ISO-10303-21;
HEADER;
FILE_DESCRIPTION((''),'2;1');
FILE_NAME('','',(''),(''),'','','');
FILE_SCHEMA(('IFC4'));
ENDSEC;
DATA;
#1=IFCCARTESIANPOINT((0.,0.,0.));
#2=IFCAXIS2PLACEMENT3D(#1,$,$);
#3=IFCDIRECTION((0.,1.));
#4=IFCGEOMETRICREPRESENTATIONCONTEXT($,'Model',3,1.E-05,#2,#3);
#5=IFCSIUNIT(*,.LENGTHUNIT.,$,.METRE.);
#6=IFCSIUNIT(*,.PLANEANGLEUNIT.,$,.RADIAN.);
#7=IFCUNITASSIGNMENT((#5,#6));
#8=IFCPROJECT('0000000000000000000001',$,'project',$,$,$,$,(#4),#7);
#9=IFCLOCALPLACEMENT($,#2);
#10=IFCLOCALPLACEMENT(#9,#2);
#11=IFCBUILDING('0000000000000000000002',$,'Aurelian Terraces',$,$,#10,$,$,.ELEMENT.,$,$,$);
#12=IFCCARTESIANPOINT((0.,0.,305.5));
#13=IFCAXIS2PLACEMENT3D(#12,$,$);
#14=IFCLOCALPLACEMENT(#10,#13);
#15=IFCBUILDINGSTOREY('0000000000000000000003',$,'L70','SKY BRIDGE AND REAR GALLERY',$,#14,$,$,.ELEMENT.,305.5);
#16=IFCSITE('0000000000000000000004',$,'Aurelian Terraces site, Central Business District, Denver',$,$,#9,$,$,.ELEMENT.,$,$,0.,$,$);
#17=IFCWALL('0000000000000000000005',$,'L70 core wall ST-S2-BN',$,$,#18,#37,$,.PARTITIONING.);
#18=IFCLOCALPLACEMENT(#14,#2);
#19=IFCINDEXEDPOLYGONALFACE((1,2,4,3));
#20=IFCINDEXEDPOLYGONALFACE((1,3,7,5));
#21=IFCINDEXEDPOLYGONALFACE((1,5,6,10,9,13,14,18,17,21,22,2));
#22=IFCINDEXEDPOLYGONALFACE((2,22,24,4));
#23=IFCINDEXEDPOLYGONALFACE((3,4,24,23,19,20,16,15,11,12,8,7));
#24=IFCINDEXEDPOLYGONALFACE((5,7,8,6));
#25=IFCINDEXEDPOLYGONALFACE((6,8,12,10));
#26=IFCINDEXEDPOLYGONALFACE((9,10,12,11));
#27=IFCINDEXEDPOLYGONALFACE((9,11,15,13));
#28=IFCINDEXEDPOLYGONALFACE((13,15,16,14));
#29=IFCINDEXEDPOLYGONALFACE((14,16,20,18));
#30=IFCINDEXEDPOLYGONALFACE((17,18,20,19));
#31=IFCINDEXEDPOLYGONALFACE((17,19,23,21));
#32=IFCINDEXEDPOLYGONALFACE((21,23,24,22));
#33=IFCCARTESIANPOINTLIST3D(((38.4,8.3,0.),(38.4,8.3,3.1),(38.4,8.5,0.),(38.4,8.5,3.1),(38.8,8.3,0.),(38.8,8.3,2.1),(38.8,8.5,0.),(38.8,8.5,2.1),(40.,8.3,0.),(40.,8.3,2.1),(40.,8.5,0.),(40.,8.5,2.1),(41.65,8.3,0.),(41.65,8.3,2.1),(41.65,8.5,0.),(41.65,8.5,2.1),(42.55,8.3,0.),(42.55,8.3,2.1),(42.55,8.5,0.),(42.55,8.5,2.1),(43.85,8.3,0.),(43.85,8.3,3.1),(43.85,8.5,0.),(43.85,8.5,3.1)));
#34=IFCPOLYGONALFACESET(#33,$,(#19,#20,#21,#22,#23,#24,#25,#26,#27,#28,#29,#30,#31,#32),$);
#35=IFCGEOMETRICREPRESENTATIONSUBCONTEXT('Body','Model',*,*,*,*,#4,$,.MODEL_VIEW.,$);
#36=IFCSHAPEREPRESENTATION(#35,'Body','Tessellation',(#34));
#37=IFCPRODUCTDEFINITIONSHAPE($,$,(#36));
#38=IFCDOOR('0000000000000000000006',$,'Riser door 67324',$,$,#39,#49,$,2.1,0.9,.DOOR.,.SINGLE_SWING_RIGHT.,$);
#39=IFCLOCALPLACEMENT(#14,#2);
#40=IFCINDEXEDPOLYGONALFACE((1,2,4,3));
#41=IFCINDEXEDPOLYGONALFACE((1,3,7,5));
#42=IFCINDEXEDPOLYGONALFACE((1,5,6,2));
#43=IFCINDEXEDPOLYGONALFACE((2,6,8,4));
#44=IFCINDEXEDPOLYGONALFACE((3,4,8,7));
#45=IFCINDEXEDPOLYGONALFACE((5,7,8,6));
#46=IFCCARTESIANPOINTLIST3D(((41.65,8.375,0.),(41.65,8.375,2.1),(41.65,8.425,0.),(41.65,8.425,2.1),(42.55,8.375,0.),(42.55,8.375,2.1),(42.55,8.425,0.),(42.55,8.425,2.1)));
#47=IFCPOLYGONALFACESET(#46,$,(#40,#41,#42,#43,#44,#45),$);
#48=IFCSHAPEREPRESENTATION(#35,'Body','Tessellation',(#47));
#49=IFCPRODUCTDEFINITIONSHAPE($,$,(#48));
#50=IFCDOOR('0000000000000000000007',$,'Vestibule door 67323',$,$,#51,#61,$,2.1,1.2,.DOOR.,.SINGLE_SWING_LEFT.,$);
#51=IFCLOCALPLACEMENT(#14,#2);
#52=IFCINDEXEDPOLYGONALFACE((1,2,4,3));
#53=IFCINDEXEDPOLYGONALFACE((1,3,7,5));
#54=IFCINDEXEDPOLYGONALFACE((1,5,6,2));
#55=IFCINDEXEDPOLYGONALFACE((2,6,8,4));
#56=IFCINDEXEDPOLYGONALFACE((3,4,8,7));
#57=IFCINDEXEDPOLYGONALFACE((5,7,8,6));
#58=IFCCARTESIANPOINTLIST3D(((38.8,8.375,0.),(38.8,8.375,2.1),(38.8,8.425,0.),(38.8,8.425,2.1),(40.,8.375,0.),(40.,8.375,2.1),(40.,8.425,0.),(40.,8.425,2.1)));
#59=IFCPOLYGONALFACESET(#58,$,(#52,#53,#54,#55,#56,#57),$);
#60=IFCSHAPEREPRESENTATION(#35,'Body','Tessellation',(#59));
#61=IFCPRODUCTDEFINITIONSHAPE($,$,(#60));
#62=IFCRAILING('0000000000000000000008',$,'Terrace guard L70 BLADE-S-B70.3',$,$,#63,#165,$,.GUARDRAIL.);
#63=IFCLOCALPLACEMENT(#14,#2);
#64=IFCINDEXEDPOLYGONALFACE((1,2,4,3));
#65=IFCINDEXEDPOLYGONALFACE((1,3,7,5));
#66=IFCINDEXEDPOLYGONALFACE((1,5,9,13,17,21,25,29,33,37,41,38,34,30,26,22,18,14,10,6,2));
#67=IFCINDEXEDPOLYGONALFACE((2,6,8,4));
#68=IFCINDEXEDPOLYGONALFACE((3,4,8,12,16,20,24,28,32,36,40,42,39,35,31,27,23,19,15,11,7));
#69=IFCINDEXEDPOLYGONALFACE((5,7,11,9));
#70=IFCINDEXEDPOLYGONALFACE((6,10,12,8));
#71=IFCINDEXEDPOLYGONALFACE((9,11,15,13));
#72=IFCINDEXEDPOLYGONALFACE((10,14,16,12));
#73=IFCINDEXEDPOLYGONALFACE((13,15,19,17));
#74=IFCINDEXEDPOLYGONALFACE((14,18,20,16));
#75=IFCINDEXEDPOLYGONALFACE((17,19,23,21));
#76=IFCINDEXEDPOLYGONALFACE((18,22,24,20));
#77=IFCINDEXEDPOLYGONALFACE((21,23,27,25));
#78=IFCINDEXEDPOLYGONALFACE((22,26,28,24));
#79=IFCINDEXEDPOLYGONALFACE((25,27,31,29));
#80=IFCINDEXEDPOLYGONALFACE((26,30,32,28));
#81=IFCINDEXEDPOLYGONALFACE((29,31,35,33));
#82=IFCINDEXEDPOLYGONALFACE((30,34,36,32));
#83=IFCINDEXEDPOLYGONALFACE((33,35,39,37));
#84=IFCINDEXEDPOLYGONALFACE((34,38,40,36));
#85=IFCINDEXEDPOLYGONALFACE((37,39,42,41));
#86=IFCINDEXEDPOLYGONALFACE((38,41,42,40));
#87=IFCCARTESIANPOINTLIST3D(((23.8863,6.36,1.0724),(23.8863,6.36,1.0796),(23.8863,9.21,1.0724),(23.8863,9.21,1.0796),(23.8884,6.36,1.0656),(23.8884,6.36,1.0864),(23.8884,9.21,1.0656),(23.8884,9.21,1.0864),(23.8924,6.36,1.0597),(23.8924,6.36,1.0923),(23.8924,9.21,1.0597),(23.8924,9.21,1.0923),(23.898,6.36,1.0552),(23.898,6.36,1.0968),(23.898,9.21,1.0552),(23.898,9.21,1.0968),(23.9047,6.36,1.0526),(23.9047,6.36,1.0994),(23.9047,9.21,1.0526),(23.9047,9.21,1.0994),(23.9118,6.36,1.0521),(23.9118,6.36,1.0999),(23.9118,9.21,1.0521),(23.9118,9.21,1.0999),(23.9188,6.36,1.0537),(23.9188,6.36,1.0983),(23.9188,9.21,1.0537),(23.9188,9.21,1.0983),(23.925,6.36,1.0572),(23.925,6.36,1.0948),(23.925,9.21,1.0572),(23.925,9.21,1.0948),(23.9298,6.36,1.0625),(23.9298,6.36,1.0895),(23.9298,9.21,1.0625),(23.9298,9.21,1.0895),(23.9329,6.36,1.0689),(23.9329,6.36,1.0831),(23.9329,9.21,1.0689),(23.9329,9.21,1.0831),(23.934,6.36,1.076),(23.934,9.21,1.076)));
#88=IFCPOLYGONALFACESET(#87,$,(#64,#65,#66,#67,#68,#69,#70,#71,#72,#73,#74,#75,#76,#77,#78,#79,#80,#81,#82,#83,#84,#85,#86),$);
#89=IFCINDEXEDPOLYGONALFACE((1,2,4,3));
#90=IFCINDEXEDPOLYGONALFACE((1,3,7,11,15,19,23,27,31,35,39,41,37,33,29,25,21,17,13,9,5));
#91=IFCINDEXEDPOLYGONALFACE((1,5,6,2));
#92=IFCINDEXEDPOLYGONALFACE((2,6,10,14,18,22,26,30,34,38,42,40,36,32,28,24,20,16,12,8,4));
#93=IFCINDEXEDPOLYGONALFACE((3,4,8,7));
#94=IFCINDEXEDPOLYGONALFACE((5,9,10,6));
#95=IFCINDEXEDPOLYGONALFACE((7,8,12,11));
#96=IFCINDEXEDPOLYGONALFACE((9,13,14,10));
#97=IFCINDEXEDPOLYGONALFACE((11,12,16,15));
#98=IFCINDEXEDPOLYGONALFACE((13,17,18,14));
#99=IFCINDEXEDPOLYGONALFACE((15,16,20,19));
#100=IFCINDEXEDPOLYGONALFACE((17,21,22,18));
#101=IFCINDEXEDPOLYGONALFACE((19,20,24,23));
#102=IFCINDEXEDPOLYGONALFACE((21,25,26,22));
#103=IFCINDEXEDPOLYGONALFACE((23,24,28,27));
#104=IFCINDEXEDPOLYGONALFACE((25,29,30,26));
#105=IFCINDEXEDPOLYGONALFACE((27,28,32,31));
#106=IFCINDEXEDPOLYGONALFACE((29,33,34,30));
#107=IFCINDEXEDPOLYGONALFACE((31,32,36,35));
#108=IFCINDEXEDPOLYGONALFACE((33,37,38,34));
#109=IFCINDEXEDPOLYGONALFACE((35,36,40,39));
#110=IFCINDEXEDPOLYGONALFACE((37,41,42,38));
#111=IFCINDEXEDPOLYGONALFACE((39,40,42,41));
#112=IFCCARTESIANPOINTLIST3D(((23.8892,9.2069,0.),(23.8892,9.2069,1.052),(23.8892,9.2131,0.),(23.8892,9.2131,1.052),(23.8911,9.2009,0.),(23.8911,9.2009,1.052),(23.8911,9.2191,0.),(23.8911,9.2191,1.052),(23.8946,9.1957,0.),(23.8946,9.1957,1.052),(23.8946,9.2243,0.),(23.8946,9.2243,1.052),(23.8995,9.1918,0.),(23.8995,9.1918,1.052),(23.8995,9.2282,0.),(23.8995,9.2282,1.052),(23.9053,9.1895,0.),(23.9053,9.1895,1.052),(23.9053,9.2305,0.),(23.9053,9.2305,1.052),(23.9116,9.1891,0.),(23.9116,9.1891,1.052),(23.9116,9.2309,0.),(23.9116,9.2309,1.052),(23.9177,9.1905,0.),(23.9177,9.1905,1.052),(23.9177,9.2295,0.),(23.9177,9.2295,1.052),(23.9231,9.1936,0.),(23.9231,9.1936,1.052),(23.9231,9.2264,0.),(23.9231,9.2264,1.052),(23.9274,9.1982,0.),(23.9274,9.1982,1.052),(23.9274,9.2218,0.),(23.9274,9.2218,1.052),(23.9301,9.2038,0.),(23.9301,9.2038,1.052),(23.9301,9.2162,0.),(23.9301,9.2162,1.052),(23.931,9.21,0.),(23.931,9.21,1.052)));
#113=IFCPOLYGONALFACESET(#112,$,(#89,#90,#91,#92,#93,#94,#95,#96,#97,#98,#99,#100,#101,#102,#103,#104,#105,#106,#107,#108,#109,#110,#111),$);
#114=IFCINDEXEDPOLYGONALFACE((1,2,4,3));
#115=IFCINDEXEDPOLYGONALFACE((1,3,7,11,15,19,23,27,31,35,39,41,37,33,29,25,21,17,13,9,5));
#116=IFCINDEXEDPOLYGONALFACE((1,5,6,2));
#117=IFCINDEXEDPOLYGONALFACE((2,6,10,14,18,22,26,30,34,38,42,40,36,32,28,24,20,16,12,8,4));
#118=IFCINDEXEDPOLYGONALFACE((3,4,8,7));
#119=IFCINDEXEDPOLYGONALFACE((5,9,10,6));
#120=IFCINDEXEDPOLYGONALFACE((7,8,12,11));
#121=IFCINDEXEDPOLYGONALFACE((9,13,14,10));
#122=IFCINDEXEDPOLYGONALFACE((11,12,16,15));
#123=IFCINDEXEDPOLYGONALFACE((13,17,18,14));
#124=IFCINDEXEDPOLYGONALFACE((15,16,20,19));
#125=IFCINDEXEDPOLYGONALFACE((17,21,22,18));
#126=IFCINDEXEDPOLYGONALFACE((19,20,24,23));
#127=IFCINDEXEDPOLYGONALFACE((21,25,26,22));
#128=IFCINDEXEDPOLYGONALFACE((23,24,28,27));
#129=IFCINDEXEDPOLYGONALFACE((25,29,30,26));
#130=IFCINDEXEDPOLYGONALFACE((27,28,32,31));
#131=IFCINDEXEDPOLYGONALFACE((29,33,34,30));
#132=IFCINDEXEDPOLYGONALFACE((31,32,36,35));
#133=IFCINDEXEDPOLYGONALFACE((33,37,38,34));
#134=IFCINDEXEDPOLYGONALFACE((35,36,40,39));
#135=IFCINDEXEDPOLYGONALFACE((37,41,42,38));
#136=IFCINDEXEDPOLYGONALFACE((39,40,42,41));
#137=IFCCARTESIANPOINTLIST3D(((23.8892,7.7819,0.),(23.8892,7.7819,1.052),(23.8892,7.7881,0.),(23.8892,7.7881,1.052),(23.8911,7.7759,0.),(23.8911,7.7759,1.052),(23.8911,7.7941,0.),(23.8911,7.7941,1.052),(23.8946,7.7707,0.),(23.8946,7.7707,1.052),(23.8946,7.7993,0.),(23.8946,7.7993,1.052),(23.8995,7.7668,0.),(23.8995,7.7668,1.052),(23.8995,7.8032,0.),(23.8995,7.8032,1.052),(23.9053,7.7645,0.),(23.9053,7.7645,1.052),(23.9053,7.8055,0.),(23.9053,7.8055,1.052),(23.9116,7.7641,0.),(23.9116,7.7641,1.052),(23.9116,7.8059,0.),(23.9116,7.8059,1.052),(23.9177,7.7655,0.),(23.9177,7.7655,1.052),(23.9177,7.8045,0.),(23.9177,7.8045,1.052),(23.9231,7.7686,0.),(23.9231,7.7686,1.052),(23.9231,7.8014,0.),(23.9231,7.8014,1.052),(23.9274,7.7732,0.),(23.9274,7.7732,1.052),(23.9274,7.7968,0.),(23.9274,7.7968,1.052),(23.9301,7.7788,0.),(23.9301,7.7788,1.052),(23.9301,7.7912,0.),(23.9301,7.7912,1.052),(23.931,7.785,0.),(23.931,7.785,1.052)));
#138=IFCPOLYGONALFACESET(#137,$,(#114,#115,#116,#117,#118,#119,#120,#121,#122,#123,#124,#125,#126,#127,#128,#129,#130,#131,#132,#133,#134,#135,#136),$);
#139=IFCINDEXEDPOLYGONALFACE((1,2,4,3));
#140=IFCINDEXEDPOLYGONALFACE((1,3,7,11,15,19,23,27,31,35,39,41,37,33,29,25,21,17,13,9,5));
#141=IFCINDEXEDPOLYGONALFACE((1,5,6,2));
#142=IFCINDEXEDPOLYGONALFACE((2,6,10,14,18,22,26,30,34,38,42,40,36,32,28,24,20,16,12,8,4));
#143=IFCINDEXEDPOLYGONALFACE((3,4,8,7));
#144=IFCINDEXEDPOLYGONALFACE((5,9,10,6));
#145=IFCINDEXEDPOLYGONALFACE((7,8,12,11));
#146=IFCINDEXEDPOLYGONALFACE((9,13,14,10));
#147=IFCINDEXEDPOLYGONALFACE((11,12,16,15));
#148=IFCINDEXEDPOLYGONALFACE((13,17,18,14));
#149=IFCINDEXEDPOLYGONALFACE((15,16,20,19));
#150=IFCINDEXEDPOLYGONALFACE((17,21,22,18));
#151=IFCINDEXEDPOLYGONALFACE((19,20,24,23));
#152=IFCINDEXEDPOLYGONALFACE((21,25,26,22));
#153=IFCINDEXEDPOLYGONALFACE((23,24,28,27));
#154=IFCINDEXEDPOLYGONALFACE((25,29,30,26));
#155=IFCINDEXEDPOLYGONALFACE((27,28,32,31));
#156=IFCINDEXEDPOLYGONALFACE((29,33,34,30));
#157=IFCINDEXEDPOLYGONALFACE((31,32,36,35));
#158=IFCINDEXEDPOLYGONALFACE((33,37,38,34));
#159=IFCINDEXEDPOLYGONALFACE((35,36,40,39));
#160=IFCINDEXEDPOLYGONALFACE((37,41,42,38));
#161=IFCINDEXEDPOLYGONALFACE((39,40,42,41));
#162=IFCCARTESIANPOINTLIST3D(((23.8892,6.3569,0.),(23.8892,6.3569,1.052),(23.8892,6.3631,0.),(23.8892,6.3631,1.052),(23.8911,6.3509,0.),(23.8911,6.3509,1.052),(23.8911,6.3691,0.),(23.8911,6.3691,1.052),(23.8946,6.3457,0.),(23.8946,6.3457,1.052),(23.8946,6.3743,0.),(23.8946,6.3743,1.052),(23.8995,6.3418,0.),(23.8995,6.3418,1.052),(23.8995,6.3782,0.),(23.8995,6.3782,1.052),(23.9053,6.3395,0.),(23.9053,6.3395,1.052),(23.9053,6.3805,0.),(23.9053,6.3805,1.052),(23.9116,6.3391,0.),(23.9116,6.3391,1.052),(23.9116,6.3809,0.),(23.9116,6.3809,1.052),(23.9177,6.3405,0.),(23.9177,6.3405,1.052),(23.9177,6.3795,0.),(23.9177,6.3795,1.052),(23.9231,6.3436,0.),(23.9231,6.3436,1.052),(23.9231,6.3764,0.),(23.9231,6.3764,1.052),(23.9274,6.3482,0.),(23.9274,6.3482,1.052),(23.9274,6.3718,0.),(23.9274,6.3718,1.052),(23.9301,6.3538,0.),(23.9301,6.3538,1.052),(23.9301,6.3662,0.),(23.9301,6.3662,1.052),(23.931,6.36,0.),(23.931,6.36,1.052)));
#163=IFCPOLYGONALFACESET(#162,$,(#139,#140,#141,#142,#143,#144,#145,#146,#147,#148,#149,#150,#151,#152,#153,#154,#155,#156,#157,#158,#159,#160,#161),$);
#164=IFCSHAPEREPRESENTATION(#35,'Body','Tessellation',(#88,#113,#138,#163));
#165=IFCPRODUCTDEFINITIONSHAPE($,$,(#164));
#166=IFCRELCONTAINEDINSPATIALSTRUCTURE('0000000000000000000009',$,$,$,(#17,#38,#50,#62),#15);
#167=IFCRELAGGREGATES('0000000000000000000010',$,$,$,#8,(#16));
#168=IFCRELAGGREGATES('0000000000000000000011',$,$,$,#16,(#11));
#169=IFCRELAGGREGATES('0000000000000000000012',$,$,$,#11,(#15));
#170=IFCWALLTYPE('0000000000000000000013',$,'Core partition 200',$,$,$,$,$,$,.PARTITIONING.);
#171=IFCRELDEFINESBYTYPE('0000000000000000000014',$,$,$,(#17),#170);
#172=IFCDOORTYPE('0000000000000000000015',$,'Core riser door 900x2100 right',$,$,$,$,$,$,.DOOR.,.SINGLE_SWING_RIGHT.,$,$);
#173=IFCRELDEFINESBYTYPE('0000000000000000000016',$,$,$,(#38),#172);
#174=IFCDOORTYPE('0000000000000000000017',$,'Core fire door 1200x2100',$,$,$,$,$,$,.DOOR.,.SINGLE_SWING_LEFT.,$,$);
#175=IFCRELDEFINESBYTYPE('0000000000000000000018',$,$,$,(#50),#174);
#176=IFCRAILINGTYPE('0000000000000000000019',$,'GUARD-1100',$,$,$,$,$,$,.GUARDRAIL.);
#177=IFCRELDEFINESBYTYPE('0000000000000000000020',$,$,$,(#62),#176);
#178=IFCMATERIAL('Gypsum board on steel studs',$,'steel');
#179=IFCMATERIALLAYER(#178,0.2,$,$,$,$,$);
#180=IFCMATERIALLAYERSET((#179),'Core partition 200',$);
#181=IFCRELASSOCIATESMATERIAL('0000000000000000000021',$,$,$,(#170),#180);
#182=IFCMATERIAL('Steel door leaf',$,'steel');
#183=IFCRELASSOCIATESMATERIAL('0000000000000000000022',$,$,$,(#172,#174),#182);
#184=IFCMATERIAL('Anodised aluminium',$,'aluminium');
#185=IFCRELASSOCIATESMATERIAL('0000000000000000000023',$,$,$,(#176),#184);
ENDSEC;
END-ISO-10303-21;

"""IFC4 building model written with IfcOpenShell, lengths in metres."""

from ifc_helpers import new_model, si_unit, direction, frame, frame_2d, origin, origin_2d, place, context, subcontext, project, spatial, rectangle, circle, extrude, source, transform, mapped, material, layer, layer_set, type_object, element, fill, save


model = new_model("IFC4")

# Units and contexts
model_context = context("Model", 3, precision=1e-05, world=origin(), true_north=direction((0.0, 1.0)))
body_context = subcontext(model_context, "Body", "Model", "MODEL_VIEW")
ifc_project = project(units=[si_unit("LENGTHUNIT", "METRE"), si_unit("PLANEANGLEUNIT", "RADIAN")], contexts=[model_context])

# Site, building, storey
site_placement = place(None, origin())
site = spatial("IfcSite", under=ifc_project, at=site_placement, Name="Aurelian Terraces site, Central Business District, Denver", CompositionType="ELEMENT", RefElevation=0.0)
building_placement = place(site_placement, origin())
building = spatial("IfcBuilding", under=site, at=building_placement, Name="Aurelian Terraces", CompositionType="ELEMENT")
storey_placement = place(building_placement, frame((0.0, 0.0, 305.5)))
storey = spatial("IfcBuildingStorey", under=building, at=storey_placement, Name="L70", Description="SKY BRIDGE AND REAR GALLERY", CompositionType="ELEMENT", Elevation=305.5)

# Wall, openings, doors
ifc_material_1 = material(Name="Gypsum board on steel studs", Category="steel")
ifc_layer_1 = layer(ifc_material_1, 0.2)
ifc_layer_set_1 = layer_set([ifc_layer_1], Name="Core partition 200")
wall_type_1 = type_object("IfcWallType", Name="Core partition 200", PredefinedType="PARTITIONING", material=ifc_layer_set_1)
shared_shape_1 = source(origin(), body_context, "Body", "SweptSolid", [
    extrude(rectangle(XDim=5.45, YDim=0.2, at=frame_2d((2.725, 0.0))), origin(), (0.0, 0.0, 1.0), 3.1),
])
wall_1_placement = place(storey_placement, frame((38.4, 8.4, 0.0), z_axis=(0.0, 0.0, 1.0), x_axis=(1.0, 0.0, 0.0)))
wall_1 = element("IfcWall", 1, at=wall_1_placement, inside=storey, type_object=wall_type_1, Name="L70 core wall ST-S2-BN", PredefinedType="PARTITIONING", context=body_context, shape_type="MappedRepresentation", body=[
    mapped(shared_shape_1, transform((0.0, 0.0, 0.0), scale=1.0)),
])
shared_shape_2 = source(origin(), body_context, "Body", "SweptSolid", [
    extrude(rectangle(XDim=1.2, YDim=2.1, at=frame_2d((0.6, 1.05))), frame((0.0, 0.11, 0.0), z_axis=(0.0, -1.0, 0.0), x_axis=(1.0, 0.0, 0.0)), (0.0, 0.0, 1.0), 0.22),
])
opening_1_placement = place(wall_1_placement, frame((0.4, 0.0, 0.0)))
opening_1 = element("IfcOpeningElement", 2, at=opening_1_placement, cuts=wall_1, PredefinedType="OPENING", context=body_context, shape_type="MappedRepresentation", body=[
    mapped(shared_shape_2, transform((0.0, 0.0, 0.0), scale=1.0)),
])
shared_shape_3 = source(origin(), body_context, "Body", "SweptSolid", [
    extrude(rectangle(XDim=0.9, YDim=2.1, at=frame_2d((0.45, 1.05))), frame((0.0, 0.11, 0.0), z_axis=(0.0, -1.0, 0.0), x_axis=(1.0, 0.0, 0.0)), (0.0, 0.0, 1.0), 0.22),
])
opening_2_placement = place(wall_1_placement, frame((3.25, 0.0, 0.0)))
opening_2 = element("IfcOpeningElement", 3, at=opening_2_placement, cuts=wall_1, PredefinedType="OPENING", context=body_context, shape_type="MappedRepresentation", body=[
    mapped(shared_shape_3, transform((0.0, 0.0, 0.0), scale=1.0)),
])
ifc_material_2 = material(Name="Steel door leaf", Category="steel")
door_type_1 = type_object("IfcDoorType", Name="Core riser door 900x2100 right", OperationType="SINGLE_SWING_RIGHT", PredefinedType="DOOR", material=ifc_material_2)
shared_shape_4 = source(origin(), body_context, "Body", "SweptSolid", [
    extrude(rectangle(XDim=0.9, YDim=2.1, at=frame_2d((0.45, 1.05))), frame((0.0, 0.025, 0.0), z_axis=(0.0, -1.0, 0.0), x_axis=(1.0, 0.0, 0.0)), (0.0, 0.0, 1.0), 0.05),
])
door_1_placement = place(opening_2_placement, origin())
door_1 = element("IfcDoor", 4, at=door_1_placement, inside=storey, type_object=door_type_1, Name="Riser door 67324", OperationType="SINGLE_SWING_RIGHT", OverallHeight=2.1, OverallWidth=0.9, PredefinedType="DOOR", context=body_context, shape_type="MappedRepresentation", body=[
    mapped(shared_shape_4, transform((0.0, 0.0, 0.0), scale=1.0)),
])
fill(opening_2, door_1)
door_type_2 = type_object("IfcDoorType", Name="Core fire door 1200x2100", OperationType="SINGLE_SWING_LEFT", PredefinedType="DOOR", material=ifc_material_2)
shared_shape_5 = source(origin(), body_context, "Body", "SweptSolid", [
    extrude(rectangle(XDim=1.2, YDim=2.1, at=frame_2d((0.6, 1.05))), frame((0.0, 0.025, 0.0), z_axis=(0.0, -1.0, 0.0), x_axis=(1.0, 0.0, 0.0)), (0.0, 0.0, 1.0), 0.05),
])
door_2_placement = place(opening_1_placement, origin())
door_2 = element("IfcDoor", 5, at=door_2_placement, inside=storey, type_object=door_type_2, Name="Vestibule door 67323", OperationType="SINGLE_SWING_LEFT", OverallHeight=2.1, OverallWidth=1.2, PredefinedType="DOOR", context=body_context, shape_type="MappedRepresentation", body=[
    mapped(shared_shape_5, transform((0.0, 0.0, 0.0), scale=1.0)),
])
fill(opening_1, door_2)

# Railing
ifc_material_3 = material(Name="Anodised aluminium", Category="aluminium")
railing_type = type_object("IfcRailingType", Name="GUARD-1100", PredefinedType="GUARDRAIL", material=ifc_material_3)
railing_1_placement = place(storey_placement, frame((23.91, 9.21, 0.0)))
element("IfcRailing", 6, at=railing_1_placement, inside=storey, type_object=railing_type, Name="Terrace guard L70 BLADE-S-B70.3", PredefinedType="GUARDRAIL", context=body_context, shape_type="SweptSolid", body=[
    extrude(circle(Radius=0.024, at=origin_2d()), frame((0.0, 0.0, 1.076), z_axis=(0.0, -1.0, 0.0), x_axis=(1.0, 0.0, 0.0)), (0.0, 0.0, 1.0), 2.85),
    extrude(circle(Radius=0.021, at=origin_2d()), origin(), (0.0, 0.0, 1.0), 1.052),
    extrude(circle(Radius=0.021, at=origin_2d()), frame((0.0, -1.425, 0.0)), (0.0, 0.0, 1.0), 1.052),
    extrude(circle(Radius=0.021, at=origin_2d()), frame((0.0, -2.85, 0.0)), (0.0, 0.0, 1.0), 1.052),
])

save(model, "model.ifc")
